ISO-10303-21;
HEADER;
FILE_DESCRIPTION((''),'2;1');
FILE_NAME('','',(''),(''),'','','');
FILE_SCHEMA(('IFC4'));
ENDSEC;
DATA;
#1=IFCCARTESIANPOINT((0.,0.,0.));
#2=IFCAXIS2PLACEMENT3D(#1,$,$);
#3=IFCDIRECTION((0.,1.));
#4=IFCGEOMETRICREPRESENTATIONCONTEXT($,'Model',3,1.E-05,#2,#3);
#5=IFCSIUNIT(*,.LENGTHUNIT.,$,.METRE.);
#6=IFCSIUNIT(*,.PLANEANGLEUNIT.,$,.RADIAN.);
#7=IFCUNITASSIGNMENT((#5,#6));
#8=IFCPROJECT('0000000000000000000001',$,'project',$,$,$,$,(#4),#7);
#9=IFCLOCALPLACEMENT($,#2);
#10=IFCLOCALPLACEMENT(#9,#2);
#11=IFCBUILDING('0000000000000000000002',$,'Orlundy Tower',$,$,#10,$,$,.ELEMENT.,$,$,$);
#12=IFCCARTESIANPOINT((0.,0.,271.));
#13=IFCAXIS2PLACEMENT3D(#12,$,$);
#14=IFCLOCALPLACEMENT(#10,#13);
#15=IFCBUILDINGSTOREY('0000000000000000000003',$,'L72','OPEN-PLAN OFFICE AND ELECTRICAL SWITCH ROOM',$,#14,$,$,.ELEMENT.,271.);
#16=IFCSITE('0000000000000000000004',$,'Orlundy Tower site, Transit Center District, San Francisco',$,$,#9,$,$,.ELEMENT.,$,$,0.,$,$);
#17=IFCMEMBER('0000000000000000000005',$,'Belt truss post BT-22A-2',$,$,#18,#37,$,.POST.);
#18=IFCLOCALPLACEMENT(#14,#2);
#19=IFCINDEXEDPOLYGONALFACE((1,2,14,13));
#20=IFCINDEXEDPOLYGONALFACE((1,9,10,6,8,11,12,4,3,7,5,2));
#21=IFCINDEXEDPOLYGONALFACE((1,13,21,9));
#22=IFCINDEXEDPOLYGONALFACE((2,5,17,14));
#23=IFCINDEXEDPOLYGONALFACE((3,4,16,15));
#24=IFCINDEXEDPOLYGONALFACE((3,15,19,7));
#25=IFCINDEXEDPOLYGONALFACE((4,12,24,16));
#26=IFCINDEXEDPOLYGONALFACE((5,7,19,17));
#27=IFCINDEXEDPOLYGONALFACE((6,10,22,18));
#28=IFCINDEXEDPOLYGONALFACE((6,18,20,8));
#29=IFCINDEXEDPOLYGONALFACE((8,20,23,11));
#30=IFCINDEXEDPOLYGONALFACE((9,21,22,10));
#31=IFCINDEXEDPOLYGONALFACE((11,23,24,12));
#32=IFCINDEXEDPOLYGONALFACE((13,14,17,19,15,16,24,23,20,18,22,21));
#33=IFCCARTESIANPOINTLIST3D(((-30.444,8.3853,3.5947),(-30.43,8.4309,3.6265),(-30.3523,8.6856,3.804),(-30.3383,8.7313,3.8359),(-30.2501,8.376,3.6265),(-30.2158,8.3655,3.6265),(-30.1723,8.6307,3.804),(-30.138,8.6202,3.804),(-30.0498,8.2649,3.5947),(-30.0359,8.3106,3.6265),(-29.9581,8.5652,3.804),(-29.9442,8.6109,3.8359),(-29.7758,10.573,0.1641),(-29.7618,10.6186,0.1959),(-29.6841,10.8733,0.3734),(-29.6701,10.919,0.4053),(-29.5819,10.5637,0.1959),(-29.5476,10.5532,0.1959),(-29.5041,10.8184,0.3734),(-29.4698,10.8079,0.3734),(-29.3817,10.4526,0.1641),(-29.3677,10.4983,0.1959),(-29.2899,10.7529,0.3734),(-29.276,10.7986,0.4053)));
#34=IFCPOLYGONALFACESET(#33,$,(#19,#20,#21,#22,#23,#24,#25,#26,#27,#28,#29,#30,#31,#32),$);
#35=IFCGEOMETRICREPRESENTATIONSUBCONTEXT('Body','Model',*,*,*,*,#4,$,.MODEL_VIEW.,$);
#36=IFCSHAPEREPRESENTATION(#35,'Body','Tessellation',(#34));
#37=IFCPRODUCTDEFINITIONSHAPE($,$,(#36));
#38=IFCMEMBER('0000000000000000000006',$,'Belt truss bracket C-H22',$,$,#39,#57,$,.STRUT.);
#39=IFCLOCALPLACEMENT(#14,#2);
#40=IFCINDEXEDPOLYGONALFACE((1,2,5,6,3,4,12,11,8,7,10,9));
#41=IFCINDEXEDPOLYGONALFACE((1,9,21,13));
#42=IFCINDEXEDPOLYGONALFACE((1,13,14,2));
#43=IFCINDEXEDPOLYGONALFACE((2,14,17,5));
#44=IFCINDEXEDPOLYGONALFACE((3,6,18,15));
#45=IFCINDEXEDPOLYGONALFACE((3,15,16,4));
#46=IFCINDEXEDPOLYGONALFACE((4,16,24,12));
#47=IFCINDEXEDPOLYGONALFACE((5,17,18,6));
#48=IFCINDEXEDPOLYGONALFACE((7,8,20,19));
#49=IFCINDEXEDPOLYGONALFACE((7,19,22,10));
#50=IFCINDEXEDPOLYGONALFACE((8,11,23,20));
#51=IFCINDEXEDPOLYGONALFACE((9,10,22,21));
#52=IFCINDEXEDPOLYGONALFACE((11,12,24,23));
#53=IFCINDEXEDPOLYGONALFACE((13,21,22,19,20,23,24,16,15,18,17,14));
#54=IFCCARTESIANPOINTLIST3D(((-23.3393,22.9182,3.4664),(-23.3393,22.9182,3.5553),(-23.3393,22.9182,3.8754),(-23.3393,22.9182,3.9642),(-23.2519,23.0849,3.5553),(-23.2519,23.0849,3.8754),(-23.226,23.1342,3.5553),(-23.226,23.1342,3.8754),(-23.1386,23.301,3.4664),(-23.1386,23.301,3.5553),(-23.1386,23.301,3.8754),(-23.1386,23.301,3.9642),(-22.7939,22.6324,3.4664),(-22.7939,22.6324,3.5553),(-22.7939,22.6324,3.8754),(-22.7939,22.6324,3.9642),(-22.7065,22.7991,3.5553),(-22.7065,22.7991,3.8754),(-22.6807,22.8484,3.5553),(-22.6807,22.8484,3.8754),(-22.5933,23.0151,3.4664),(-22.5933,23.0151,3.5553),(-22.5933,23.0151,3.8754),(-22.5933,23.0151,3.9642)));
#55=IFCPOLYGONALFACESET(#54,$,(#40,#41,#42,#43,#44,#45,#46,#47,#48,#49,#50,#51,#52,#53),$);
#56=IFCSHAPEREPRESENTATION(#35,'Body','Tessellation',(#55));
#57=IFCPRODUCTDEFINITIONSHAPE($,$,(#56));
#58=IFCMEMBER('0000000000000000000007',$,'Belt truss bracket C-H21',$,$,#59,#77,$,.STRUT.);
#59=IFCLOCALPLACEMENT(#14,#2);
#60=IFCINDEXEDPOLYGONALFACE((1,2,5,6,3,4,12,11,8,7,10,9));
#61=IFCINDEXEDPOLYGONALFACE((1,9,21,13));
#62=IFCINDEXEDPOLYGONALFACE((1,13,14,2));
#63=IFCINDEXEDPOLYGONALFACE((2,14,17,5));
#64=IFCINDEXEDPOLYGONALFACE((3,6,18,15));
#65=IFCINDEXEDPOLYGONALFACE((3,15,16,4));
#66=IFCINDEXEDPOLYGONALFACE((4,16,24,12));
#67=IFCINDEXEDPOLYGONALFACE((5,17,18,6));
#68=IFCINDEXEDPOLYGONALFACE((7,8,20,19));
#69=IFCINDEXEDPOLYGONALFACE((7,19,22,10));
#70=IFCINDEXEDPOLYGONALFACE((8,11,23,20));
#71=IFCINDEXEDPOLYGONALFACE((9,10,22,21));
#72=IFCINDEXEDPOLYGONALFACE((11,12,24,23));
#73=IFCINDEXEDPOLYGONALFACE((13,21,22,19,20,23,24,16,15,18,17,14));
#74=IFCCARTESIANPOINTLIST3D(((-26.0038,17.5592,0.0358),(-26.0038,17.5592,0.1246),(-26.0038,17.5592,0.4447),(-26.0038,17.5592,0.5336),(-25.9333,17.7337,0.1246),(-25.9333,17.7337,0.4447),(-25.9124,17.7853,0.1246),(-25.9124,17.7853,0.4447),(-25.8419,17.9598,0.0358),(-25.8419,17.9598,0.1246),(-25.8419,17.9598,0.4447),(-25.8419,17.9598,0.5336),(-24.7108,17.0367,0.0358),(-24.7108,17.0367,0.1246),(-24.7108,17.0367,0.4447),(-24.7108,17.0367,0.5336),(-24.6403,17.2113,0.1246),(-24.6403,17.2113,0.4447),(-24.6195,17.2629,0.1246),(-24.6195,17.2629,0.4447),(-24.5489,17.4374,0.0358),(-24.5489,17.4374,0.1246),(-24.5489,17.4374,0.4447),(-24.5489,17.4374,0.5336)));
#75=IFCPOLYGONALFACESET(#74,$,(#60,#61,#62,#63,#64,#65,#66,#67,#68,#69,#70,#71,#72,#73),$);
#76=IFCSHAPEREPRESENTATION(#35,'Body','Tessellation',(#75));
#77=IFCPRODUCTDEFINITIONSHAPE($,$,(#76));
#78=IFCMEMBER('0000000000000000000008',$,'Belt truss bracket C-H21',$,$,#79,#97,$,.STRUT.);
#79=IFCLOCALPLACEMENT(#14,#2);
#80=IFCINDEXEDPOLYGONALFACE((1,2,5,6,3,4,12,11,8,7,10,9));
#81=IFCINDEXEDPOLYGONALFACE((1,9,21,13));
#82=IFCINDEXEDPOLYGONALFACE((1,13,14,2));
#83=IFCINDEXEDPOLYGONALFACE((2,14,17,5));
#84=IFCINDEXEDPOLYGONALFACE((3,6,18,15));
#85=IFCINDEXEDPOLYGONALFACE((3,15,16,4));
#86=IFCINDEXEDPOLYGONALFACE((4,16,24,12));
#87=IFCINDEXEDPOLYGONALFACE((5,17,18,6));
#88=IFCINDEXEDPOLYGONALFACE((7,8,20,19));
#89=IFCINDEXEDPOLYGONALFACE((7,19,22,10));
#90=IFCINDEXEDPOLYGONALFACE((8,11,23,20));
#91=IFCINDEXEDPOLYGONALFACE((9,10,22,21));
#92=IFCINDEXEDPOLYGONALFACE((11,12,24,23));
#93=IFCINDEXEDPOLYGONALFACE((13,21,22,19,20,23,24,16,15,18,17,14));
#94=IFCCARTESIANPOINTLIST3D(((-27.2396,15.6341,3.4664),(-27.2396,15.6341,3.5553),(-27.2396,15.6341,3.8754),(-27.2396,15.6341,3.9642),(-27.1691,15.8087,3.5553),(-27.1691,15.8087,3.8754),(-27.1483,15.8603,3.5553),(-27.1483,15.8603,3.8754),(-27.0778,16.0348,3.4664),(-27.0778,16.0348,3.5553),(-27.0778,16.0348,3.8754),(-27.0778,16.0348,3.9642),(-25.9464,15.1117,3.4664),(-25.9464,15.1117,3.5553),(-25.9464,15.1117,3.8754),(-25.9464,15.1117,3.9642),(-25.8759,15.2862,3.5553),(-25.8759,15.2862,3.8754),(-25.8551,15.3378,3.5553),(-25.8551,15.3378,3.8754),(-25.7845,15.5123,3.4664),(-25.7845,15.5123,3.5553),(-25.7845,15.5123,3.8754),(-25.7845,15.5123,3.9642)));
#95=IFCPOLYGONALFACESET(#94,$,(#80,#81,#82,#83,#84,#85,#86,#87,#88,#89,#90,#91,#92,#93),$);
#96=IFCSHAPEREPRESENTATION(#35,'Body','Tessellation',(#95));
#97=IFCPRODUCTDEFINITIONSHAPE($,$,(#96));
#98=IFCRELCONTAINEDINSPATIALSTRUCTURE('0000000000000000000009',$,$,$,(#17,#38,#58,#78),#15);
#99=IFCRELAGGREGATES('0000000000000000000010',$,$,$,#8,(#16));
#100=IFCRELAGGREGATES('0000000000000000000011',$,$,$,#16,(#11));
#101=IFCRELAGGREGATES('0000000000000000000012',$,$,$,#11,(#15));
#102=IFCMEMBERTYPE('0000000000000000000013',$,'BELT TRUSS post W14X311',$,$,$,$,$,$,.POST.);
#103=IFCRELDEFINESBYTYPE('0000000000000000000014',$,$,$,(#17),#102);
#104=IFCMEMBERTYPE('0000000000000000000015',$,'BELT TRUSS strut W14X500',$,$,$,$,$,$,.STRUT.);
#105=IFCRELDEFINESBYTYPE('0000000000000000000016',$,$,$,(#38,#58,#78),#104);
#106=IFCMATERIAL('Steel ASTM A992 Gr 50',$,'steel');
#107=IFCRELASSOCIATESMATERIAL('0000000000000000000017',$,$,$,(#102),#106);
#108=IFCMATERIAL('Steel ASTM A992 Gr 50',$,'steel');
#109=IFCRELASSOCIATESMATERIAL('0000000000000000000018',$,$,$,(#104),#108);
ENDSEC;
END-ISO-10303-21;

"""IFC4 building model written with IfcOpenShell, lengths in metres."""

from ifc_helpers import new_model, si_unit, direction, frame, origin, origin_2d, place, context, subcontext, project, spatial, i_section, extrude, material, material_profile, profile_set, type_object, element, save


model = new_model("IFC4")

# Units and contexts
model_context = context("Model", 3, precision=1e-05, world=origin(), true_north=direction((0.0, 1.0)))
body_context = subcontext(model_context, "Body", "Model", "MODEL_VIEW")
ifc_project = project(units=[si_unit("LENGTHUNIT", "METRE"), si_unit("PLANEANGLEUNIT", "RADIAN")], contexts=[model_context])

# Site, building, storey
site_placement = place(None, origin())
site = spatial("IfcSite", under=ifc_project, at=site_placement, Name="Orlundy Tower site, Transit Center District, San Francisco", CompositionType="ELEMENT", RefElevation=0.0)
building_placement = place(site_placement, origin())
building = spatial("IfcBuilding", under=site, at=building_placement, Name="Orlundy Tower", CompositionType="ELEMENT")
storey_placement = place(building_placement, frame((0.0, 0.0, 271.0)))
storey = spatial("IfcBuildingStorey", under=building, at=storey_placement, Name="L72", Description="OPEN-PLAN OFFICE AND ELECTRICAL SWITCH ROOM", CompositionType="ELEMENT", Elevation=271.0)

# Members
ifc_material_1 = material(Name="Steel ASTM A992 Gr 50", Category="steel")
ifc_material_profile_1 = material_profile(ifc_material_1, i_section(OverallWidth=0.4121, OverallDepth=0.4348, WebThickness=0.0359, FlangeThickness=0.0574, at=origin_2d()), Name="W14X311")
ifc_profile_set_1 = profile_set([ifc_material_profile_1], Name="Steel ASTM A992 Gr 50")
member_type_1 = type_object("IfcMemberType", Name="BELT TRUSS post W14X311", PredefinedType="POST", material=ifc_profile_set_1)
member_1_placement = place(storey_placement, frame((-29.5259, 10.6858, 0.2847), z_axis=(-0.162055, -0.530572, 0.832005), x_axis=(0.956384, -0.292113, 0.0)))
element("IfcMember", 1, at=member_1_placement, inside=storey, type_object=member_type_1, Name="Belt truss post BT-22A-2", PredefinedType="POST", context=body_context, shape_type="SweptSolid", body=[
    extrude(i_section(OverallWidth=0.4121, OverallDepth=0.4348, WebThickness=0.0359, FlangeThickness=0.0574, at=origin_2d()), origin(), (0.0, 0.0, 1.0), 4.1233),
])
ifc_material_2 = material(Name="Steel ASTM A992 Gr 50", Category="steel")
ifc_material_profile_2 = material_profile(ifc_material_2, i_section(OverallWidth=0.4321, OverallDepth=0.4978, WebThickness=0.0557, FlangeThickness=0.0889, at=origin_2d()), Name="W14X500")
ifc_profile_set_2 = profile_set([ifc_material_profile_2], Name="Steel ASTM A992 Gr 50")
member_type_2 = type_object("IfcMemberType", Name="BELT TRUSS strut W14X500", PredefinedType="STRUT", material=ifc_profile_set_2)
member_2_placement = place(storey_placement, frame((-22.6936, 22.8237, 3.7153), z_axis=(-0.8857, 0.464259, 0.0), x_axis=(-0.464259, -0.8857, 0.0)))
element("IfcMember", 2, at=member_2_placement, inside=storey, type_object=member_type_2, Name="Belt truss bracket C-H22", PredefinedType="STRUT", context=body_context, shape_type="SweptSolid", body=[
    extrude(i_section(OverallWidth=0.4321, OverallDepth=0.4978, WebThickness=0.0557, FlangeThickness=0.0889, at=origin_2d()), origin(), (0.0, 0.0, 1.0), 0.6157),
])
member_3_placement = place(storey_placement, frame((-24.6299, 17.2371, 0.2847), z_axis=(-0.927167, 0.374648, 0.0), x_axis=(-0.374648, -0.927167, 0.0)))
element("IfcMember", 3, at=member_3_placement, inside=storey, type_object=member_type_2, Name="Belt truss bracket C-H21", PredefinedType="STRUT", context=body_context, shape_type="SweptSolid", body=[
    extrude(i_section(OverallWidth=0.4321, OverallDepth=0.4978, WebThickness=0.0557, FlangeThickness=0.0889, at=origin_2d()), origin(), (0.0, 0.0, 1.0), 1.3945),
])
member_4_placement = place(storey_placement, frame((-25.8655, 15.312, 3.7153), z_axis=(-0.927192, 0.374587, 0.0), x_axis=(-0.374587, -0.927192, 0.0)))
element("IfcMember", 4, at=member_4_placement, inside=storey, type_object=member_type_2, Name="Belt truss bracket C-H21", PredefinedType="STRUT", context=body_context, shape_type="SweptSolid", body=[
    extrude(i_section(OverallWidth=0.4321, OverallDepth=0.4978, WebThickness=0.0557, FlangeThickness=0.0889, at=origin_2d()), origin(), (0.0, 0.0, 1.0), 1.3948),
])

save(model, "model.ifc")
